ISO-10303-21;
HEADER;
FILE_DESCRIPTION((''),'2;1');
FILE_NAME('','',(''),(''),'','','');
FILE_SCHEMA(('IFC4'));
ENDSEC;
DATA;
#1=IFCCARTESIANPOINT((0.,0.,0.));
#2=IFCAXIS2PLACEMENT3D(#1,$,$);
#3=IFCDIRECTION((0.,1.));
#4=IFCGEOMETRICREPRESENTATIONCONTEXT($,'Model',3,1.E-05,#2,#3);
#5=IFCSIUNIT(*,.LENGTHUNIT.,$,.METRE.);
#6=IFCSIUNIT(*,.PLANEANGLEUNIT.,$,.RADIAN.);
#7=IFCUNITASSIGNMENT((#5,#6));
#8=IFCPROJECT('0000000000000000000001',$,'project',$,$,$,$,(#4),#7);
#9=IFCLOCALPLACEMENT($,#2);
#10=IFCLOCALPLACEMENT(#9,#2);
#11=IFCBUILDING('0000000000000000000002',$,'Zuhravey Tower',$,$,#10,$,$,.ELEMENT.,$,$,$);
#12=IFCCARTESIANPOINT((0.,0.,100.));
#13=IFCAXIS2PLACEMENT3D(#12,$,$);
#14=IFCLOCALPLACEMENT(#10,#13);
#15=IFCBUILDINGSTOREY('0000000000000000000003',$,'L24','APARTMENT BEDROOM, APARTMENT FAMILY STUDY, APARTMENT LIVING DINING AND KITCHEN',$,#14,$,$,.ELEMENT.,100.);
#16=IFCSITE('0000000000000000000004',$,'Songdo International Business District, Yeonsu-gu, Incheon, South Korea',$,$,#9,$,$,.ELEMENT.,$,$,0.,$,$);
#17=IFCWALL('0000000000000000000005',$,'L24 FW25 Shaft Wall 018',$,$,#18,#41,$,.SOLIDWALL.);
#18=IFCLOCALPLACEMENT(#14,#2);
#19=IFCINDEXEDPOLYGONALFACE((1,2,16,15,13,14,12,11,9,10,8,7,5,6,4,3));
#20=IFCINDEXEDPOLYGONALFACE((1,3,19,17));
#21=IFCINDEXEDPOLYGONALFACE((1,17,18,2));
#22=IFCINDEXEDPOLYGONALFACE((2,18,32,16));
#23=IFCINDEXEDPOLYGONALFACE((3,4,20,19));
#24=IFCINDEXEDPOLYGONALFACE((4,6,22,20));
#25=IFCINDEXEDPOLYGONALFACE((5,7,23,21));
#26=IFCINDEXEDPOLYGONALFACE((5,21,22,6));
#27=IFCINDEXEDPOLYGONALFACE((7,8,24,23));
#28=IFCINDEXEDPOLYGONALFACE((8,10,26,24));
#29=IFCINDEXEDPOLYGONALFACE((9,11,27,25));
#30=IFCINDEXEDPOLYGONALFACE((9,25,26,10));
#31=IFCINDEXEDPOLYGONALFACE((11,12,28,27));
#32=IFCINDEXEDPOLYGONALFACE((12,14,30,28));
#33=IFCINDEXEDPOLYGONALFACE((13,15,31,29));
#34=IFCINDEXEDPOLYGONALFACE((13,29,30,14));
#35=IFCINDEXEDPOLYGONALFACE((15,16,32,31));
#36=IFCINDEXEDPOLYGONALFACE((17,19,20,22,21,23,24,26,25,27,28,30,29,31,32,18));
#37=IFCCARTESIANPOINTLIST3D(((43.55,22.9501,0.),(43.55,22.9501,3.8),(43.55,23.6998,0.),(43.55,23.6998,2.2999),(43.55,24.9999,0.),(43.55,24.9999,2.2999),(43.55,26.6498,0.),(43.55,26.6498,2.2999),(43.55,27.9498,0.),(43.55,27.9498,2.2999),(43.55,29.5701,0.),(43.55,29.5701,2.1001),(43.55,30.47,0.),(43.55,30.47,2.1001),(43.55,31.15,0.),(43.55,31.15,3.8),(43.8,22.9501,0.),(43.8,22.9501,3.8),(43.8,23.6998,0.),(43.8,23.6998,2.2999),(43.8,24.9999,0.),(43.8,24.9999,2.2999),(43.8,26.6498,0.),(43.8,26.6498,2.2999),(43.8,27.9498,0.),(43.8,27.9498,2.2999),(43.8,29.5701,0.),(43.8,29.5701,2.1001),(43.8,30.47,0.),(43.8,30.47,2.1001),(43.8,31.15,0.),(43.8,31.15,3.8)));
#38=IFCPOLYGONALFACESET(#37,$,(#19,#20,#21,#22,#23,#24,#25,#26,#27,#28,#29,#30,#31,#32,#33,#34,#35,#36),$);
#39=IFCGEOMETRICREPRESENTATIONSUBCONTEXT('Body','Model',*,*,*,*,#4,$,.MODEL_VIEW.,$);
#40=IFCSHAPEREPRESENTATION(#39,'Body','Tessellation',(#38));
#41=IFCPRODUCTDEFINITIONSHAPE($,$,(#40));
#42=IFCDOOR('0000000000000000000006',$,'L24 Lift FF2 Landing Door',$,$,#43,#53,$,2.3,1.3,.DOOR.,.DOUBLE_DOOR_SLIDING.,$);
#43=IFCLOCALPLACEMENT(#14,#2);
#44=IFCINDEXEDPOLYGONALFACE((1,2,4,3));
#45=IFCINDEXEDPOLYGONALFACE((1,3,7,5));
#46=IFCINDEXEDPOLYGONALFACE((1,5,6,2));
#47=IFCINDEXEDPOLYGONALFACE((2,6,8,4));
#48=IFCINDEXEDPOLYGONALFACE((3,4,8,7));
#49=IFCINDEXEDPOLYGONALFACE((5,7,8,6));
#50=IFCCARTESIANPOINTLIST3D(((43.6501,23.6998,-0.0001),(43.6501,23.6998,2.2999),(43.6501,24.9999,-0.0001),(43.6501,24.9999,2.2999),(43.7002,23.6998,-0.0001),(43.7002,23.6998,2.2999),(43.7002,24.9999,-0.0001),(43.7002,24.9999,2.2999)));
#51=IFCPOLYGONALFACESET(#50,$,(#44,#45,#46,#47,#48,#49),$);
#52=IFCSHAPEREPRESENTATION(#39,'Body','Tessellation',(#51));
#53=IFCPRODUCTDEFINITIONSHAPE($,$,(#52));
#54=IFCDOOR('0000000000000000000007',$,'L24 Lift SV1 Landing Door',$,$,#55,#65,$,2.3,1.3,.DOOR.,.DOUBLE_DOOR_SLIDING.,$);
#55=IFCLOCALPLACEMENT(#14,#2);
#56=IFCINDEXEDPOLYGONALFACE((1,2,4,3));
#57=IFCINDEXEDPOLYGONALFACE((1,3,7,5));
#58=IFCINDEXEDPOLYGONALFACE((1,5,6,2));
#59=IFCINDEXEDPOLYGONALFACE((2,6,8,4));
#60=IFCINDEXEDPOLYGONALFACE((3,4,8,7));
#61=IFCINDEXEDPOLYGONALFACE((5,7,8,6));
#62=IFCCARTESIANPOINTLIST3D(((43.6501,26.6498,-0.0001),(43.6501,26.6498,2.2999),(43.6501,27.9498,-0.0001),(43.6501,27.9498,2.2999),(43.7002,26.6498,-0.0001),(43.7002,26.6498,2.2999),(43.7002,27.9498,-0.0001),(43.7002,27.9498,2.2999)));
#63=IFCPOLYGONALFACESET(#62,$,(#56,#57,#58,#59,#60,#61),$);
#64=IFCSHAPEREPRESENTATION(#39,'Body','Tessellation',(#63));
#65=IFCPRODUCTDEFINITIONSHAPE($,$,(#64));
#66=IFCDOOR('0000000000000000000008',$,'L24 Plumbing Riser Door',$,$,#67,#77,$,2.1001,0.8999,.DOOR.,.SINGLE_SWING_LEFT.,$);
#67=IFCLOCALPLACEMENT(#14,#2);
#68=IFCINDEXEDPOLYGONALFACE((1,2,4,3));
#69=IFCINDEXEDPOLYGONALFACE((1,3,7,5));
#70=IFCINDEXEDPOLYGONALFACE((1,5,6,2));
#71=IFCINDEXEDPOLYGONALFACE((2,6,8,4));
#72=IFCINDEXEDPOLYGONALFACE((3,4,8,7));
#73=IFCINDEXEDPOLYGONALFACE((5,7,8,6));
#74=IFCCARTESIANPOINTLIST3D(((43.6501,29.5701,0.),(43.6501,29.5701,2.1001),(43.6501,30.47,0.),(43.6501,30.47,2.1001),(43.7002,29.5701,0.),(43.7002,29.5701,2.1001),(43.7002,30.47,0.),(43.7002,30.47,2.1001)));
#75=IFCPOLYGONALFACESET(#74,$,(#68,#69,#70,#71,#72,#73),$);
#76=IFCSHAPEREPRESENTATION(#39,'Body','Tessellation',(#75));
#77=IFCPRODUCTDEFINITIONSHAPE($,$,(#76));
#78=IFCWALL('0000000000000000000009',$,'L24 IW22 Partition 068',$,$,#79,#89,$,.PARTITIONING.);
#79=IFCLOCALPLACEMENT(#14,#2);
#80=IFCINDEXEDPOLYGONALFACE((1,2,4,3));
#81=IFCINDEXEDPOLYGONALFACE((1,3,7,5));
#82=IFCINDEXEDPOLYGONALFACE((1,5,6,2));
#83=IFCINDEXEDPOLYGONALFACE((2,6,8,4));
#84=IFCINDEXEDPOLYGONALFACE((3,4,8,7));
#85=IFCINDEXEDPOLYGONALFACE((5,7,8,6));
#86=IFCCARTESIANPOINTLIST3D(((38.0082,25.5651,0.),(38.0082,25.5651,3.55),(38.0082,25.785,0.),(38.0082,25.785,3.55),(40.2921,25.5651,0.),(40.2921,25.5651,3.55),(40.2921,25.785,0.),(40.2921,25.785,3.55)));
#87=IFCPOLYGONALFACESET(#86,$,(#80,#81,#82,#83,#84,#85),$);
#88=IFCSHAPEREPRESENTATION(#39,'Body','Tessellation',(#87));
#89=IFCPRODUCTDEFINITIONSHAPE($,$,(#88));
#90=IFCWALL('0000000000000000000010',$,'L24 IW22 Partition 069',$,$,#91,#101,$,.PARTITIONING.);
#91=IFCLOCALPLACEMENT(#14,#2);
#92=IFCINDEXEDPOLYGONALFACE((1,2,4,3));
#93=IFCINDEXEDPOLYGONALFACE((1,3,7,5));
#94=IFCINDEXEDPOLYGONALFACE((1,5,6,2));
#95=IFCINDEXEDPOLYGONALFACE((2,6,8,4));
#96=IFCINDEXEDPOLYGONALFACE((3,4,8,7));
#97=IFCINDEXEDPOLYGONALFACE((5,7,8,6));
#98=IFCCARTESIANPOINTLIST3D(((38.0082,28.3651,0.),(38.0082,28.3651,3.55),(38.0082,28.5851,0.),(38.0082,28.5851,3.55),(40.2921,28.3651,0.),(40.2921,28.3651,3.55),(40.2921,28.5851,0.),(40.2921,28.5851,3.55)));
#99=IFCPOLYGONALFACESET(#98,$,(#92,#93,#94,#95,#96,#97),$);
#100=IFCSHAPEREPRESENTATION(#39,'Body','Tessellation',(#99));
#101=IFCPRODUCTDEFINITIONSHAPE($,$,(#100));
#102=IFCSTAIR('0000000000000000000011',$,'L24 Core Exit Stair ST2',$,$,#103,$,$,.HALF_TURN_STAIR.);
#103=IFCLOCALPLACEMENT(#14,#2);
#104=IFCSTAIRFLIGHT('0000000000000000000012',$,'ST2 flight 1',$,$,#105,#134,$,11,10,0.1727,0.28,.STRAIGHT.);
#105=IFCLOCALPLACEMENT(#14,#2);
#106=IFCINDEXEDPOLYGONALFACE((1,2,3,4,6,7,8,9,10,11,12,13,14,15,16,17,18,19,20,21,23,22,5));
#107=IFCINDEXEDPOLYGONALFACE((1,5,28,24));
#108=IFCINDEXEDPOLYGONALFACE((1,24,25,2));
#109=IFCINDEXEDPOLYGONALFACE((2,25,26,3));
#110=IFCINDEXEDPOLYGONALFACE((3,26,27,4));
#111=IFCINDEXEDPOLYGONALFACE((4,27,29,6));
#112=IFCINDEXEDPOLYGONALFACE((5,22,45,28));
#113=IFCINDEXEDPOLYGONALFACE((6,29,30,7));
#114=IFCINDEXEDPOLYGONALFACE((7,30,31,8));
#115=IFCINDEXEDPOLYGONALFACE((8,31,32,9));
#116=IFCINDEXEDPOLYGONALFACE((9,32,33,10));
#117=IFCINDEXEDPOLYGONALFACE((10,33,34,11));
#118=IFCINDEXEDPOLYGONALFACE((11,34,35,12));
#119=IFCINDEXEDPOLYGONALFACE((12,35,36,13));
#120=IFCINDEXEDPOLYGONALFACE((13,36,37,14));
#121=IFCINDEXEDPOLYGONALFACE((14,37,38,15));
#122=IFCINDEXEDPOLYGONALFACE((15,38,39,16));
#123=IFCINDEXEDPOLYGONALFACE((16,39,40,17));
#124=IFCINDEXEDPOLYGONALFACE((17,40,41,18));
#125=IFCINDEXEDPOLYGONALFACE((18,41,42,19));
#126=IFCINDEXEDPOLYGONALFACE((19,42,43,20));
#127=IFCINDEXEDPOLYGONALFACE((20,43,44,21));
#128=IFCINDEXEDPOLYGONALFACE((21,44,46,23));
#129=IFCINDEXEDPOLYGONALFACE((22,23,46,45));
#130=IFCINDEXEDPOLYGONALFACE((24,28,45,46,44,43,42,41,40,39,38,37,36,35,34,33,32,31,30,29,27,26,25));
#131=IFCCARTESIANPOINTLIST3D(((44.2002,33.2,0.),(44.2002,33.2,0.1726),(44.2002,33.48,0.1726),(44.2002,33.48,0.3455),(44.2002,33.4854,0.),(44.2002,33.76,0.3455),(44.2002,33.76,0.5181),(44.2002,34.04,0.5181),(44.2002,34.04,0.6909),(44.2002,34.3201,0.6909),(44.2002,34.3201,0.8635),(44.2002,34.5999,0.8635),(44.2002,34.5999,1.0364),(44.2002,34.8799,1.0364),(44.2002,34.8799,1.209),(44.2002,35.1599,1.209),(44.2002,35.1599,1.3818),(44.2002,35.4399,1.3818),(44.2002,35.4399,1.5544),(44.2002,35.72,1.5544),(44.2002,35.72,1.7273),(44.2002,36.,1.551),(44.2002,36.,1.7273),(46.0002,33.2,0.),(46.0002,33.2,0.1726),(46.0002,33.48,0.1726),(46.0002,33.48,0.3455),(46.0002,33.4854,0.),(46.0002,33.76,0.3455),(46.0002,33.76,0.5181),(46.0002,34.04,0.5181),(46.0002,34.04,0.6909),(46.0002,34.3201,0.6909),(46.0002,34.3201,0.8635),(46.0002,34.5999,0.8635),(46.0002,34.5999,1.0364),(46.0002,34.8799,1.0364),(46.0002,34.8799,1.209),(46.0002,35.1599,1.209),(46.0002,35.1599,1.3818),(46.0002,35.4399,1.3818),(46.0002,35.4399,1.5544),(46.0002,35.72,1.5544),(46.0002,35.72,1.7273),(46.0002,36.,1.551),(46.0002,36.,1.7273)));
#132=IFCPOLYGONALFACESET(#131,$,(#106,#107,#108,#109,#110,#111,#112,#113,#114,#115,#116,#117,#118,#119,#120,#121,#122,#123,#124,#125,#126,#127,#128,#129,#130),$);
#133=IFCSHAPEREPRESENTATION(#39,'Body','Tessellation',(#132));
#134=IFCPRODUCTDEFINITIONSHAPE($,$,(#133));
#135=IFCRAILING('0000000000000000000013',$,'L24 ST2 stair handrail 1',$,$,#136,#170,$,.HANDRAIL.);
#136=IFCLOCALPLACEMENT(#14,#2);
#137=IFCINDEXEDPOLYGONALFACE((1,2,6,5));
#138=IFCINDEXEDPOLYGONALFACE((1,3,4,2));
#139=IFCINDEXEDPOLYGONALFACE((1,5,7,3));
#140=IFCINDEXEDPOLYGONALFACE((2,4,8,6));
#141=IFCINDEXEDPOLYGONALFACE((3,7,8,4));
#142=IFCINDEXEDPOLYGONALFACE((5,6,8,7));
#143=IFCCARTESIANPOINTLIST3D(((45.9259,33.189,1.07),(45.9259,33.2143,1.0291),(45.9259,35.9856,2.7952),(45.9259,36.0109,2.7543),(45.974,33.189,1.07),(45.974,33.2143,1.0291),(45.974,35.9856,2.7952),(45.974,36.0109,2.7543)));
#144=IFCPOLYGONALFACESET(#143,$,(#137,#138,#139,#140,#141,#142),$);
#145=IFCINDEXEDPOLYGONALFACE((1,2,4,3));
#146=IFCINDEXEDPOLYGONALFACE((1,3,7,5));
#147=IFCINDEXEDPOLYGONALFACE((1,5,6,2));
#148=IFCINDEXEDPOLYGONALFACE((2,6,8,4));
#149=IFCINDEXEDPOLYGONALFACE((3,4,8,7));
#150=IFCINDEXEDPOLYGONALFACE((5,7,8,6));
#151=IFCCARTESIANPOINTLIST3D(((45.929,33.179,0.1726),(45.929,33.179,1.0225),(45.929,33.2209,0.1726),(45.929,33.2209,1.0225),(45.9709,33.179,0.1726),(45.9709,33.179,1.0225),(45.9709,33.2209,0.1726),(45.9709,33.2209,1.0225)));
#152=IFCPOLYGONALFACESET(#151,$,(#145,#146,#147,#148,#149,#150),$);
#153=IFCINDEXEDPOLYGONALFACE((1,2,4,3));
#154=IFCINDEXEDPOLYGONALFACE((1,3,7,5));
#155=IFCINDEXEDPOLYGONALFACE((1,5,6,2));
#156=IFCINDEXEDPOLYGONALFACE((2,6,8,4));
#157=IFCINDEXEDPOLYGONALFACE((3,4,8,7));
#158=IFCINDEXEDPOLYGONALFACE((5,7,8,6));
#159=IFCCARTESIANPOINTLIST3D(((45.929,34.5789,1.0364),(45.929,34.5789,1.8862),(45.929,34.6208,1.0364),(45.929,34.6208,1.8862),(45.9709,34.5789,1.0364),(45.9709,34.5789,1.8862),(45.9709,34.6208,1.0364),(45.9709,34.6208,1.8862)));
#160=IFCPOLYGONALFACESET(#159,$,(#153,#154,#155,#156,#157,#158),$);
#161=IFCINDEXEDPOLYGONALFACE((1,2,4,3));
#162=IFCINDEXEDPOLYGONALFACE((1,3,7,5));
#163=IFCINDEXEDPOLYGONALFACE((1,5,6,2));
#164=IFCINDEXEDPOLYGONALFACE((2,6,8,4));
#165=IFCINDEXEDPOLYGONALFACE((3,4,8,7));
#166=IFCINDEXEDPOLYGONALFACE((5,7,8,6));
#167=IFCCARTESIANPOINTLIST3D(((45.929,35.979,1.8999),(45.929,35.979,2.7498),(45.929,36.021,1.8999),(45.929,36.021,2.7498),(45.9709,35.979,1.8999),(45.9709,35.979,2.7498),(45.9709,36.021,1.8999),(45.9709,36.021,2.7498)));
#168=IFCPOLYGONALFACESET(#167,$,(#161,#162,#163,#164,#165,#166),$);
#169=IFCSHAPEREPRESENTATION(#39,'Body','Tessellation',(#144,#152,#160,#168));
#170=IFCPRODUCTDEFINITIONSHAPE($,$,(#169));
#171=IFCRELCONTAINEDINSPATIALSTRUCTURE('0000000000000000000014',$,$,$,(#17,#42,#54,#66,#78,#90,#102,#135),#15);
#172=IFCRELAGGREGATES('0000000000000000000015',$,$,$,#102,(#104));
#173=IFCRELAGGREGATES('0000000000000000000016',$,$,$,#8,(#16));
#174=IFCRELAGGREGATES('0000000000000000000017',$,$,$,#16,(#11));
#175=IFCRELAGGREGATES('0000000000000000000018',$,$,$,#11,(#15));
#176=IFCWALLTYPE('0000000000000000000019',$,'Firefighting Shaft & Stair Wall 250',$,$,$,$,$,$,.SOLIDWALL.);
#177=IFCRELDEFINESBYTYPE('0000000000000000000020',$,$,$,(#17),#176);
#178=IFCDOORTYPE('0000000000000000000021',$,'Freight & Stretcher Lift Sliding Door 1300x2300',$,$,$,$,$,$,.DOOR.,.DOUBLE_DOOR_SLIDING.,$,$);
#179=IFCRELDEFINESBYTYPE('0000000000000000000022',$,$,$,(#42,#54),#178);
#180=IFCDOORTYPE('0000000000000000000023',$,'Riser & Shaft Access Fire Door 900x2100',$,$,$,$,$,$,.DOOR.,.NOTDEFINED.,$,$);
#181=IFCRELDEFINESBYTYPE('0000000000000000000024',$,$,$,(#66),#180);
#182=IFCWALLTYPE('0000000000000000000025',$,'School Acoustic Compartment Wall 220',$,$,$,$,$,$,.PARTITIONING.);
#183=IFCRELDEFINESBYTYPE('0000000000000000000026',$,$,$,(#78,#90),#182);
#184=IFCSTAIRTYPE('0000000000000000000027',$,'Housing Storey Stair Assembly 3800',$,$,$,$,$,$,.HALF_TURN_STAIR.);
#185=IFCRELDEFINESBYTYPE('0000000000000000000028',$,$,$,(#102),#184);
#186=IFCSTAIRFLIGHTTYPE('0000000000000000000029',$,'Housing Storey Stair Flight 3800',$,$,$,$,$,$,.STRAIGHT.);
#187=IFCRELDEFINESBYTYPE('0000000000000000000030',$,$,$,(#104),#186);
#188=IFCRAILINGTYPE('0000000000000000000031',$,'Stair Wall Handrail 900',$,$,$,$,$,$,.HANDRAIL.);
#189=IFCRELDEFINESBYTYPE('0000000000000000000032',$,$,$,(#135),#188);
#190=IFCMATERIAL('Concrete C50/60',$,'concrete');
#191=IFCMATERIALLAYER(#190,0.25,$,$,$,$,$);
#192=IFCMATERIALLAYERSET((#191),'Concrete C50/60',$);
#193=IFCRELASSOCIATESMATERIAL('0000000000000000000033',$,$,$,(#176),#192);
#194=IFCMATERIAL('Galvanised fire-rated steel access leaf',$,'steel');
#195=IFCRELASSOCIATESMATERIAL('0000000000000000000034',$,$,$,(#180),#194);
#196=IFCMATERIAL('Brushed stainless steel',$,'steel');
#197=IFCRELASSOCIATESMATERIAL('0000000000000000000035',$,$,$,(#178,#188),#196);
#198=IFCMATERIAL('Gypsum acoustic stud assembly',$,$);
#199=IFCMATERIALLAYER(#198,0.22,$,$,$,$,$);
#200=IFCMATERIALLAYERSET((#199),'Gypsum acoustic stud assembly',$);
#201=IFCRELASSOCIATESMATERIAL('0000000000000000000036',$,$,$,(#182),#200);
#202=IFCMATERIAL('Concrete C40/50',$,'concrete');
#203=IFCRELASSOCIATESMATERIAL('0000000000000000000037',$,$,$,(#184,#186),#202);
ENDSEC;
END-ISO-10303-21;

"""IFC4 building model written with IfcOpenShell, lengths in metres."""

from ifc_helpers import new_model, si_unit, direction, frame, frame_2d, origin, origin_2d, place, context, subcontext, project, spatial, polyline, rectangle, outline, extrude, material, layer, layer_set, type_object, element, fill, aggregate, save


model = new_model("IFC4")

# Units and contexts
model_context = context("Model", 3, precision=1e-05, world=origin(), true_north=direction((0.0, 1.0)))
body_context = subcontext(model_context, "Body", "Model", "MODEL_VIEW")
ifc_project = project(units=[si_unit("LENGTHUNIT", "METRE"), si_unit("PLANEANGLEUNIT", "RADIAN")], contexts=[model_context])

# Site, building, storey
site_placement = place(None, origin())
site = spatial("IfcSite", under=ifc_project, at=site_placement, Name="Songdo International Business District, Yeonsu-gu, Incheon, South Korea", CompositionType="ELEMENT", RefElevation=0.0)
building_placement = place(site_placement, origin())
building = spatial("IfcBuilding", under=site, at=building_placement, Name="Zuhravey Tower", CompositionType="ELEMENT")
storey_placement = place(building_placement, frame((0.0, 0.0, 100.0)))
storey = spatial("IfcBuildingStorey", under=building, at=storey_placement, Name="L24", Description="APARTMENT BEDROOM, APARTMENT FAMILY STUDY, APARTMENT LIVING DINING AND KITCHEN", CompositionType="ELEMENT", Elevation=100.0)

# Shared definitions
ifc_material_1 = material(Name="Concrete C50/60", Category="concrete")
ifc_layer_1 = layer(ifc_material_1, 0.25)
ifc_layer_set_1 = layer_set([ifc_layer_1], Name="Concrete C50/60")
wall_type_1 = type_object("IfcWallType", Name="Firefighting Shaft & Stair Wall 250", PredefinedType="SOLIDWALL", material=ifc_layer_set_1)

# Shared definitions
ifc_material_2 = material(Name="Galvanised fire-rated steel access leaf", Category="steel")
door_type_1 = type_object("IfcDoorType", Name="Riser & Shaft Access Fire Door 900x2100", OperationType="NOTDEFINED", PredefinedType="DOOR", material=ifc_material_2)

# Wall, openings, doors
wall_1_placement = place(storey_placement, frame((43.675, 22.95, 0.0), z_axis=(0.0, 0.0, 1.0), x_axis=(0.0, 1.0, 0.0)))
wall_1 = element("IfcWall", 1, at=wall_1_placement, inside=storey, type_object=wall_type_1, Name="L24 FW25 Shaft Wall 018", PredefinedType="SOLIDWALL", context=body_context, shape_type="SweptSolid", body=[
    extrude(rectangle(XDim=8.2, YDim=0.25, at=frame_2d((4.1001, 0.0))), origin(), (0.0, 0.0, 1.0), 3.8),
])
opening_1_placement = place(wall_1_placement, frame((0.75, 0.0, 0.0)))
opening_1 = element("IfcOpeningElement", 2, at=opening_1_placement, cuts=wall_1, PredefinedType="OPENING", context=body_context, shape_type="SweptSolid", body=[
    extrude(rectangle(XDim=1.3, YDim=2.3, at=frame_2d((0.6499, 1.1499))), frame((0.0, 0.137, 0.0), z_axis=(0.0, -1.0, 0.0), x_axis=(1.0, 0.0, 0.0)), (0.0, 0.0, 1.0), 0.2739),
])
opening_2_placement = place(wall_1_placement, frame((3.7, 0.0, 0.0)))
opening_2 = element("IfcOpeningElement", 3, at=opening_2_placement, cuts=wall_1, PredefinedType="OPENING", context=body_context, shape_type="SweptSolid", body=[
    extrude(rectangle(XDim=1.3, YDim=2.3, at=frame_2d((0.6499, 1.1499))), frame((0.0, 0.137, 0.0), z_axis=(0.0, -1.0, 0.0), x_axis=(1.0, 0.0, 0.0)), (0.0, 0.0, 1.0), 0.2739),
])
opening_3_placement = place(wall_1_placement, frame((6.6201, 0.0, 0.0)))
opening_3 = element("IfcOpeningElement", 4, at=opening_3_placement, cuts=wall_1, PredefinedType="OPENING", context=body_context, shape_type="SweptSolid", body=[
    extrude(rectangle(XDim=0.8999, YDim=2.1001, at=frame_2d((0.45, 1.05))), frame((0.0, 0.137, 0.0), z_axis=(0.0, -1.0, 0.0), x_axis=(1.0, 0.0, 0.0)), (0.0, 0.0, 1.0), 0.2739),
])
ifc_material_3 = material(Name="Brushed stainless steel", Category="steel")
door_type_2 = type_object("IfcDoorType", Name="Freight & Stretcher Lift Sliding Door 1300x2300", OperationType="DOUBLE_DOOR_SLIDING", PredefinedType="DOOR", material=ifc_material_3)
door_1_placement = place(opening_1_placement, origin())
door_1 = element("IfcDoor", 5, at=door_1_placement, inside=storey, type_object=door_type_2, Name="L24 Lift FF2 Landing Door", OperationType="DOUBLE_DOOR_SLIDING", OverallHeight=2.3, OverallWidth=1.3, PredefinedType="DOOR", context=body_context, shape_type="SweptSolid", body=[
    extrude(rectangle(XDim=1.3, YDim=2.3, at=frame_2d((0.6499, 1.1499))), frame((0.0, 0.0249, 0.0), z_axis=(0.0, -1.0, 0.0), x_axis=(1.0, 0.0, 0.0)), (0.0, 0.0, 1.0), 0.05),
])
fill(opening_1, door_1)
door_2_placement = place(opening_2_placement, origin())
door_2 = element("IfcDoor", 6, at=door_2_placement, inside=storey, type_object=door_type_2, Name="L24 Lift SV1 Landing Door", OperationType="DOUBLE_DOOR_SLIDING", OverallHeight=2.3, OverallWidth=1.3, PredefinedType="DOOR", context=body_context, shape_type="SweptSolid", body=[
    extrude(rectangle(XDim=1.3, YDim=2.3, at=frame_2d((0.6499, 1.1499))), frame((0.0, 0.0249, 0.0), z_axis=(0.0, -1.0, 0.0), x_axis=(1.0, 0.0, 0.0)), (0.0, 0.0, 1.0), 0.05),
])
fill(opening_2, door_2)
door_3_placement = place(opening_3_placement, origin())
door_3 = element("IfcDoor", 7, at=door_3_placement, inside=storey, type_object=door_type_1, Name="L24 Plumbing Riser Door", OperationType="SINGLE_SWING_LEFT", OverallHeight=2.1001, OverallWidth=0.8999, PredefinedType="DOOR", context=body_context, shape_type="SweptSolid", body=[
    extrude(rectangle(XDim=0.8999, YDim=2.1001, at=frame_2d((0.45, 1.05))), frame((0.0, 0.0249, 0.0), z_axis=(0.0, -1.0, 0.0), x_axis=(1.0, 0.0, 0.0)), (0.0, 0.0, 1.0), 0.05),
])
fill(opening_3, door_3)

# Walls
ifc_material_4 = material(Name="Gypsum acoustic stud assembly")
ifc_layer_2 = layer(ifc_material_4, 0.22)
ifc_layer_set_2 = layer_set([ifc_layer_2], Name="Gypsum acoustic stud assembly")
wall_type_2 = type_object("IfcWallType", Name="School Acoustic Compartment Wall 220", PredefinedType="PARTITIONING", material=ifc_layer_set_2)
for number, where, z_axis, x_axis, name in (
    (8, (38.0081, 25.675, 0.0), (0.0, 0.0, 1.0), (1.0, 0.0, 0.0), "L24 IW22 Partition 068"),
    (9, (38.0081, 28.4751, 0.0), (0.0, 0.0, 1.0), (1.0, 0.0, 0.0), "L24 IW22 Partition 069"),
):
    element("IfcWall", number, at=place(storey_placement, frame(where, z_axis=z_axis, x_axis=x_axis)), inside=storey, type_object=wall_type_2, Name=name, PredefinedType="PARTITIONING", context=body_context, shape_type="SweptSolid", body=[
        extrude(rectangle(XDim=2.2839, YDim=0.22, at=frame_2d((1.1421, 0.0))), origin(), (0.0, 0.0, 1.0), 3.55),
    ])

# Stair, stair flight
ifc_material_5 = material(Name="Concrete C40/50", Category="concrete")
stair_type = type_object("IfcStairType", Name="Housing Storey Stair Assembly 3800", PredefinedType="HALF_TURN_STAIR", material=ifc_material_5)
stair_placement = place(storey_placement, origin())
stair = element("IfcStair", 10, at=stair_placement, inside=storey, type_object=stair_type, Name="L24 Core Exit Stair ST2", PredefinedType="HALF_TURN_STAIR")
stair_flight_type = type_object("IfcStairFlightType", Name="Housing Storey Stair Flight 3800", PredefinedType="STRAIGHT", material=ifc_material_5)
stair_flight_placement = place(storey_placement, frame((45.1001, 33.2, 0.0), z_axis=(0.0, 0.0, 1.0), x_axis=(0.0, 1.0, 0.0)))
stair_flight = element("IfcStairFlight", 11, at=stair_flight_placement, type_object=stair_flight_type, Name="ST2 flight 1", NumberOfRisers=11, NumberOfTreads=10, PredefinedType="STRAIGHT", RiserHeight=0.1727, TreadLength=0.28, context=body_context, shape_type="SweptSolid", body=[
    extrude(outline(polyline([(0.0, 0.0), (0.0, 0.1726), (0.28, 0.1726), (0.28, 0.3455), (0.5601, 0.3455), (0.5601, 0.5181), (0.8401, 0.5181), (0.8401, 0.6909), (1.1201, 0.6909), (1.1201, 0.8635), (1.3999, 0.8635), (1.3999, 1.0364), (1.6799, 1.0364), (1.6799, 1.209), (1.96, 1.209), (1.96, 1.3818), (2.24, 1.3818), (2.24, 1.5544), (2.52, 1.5544), (2.52, 1.7273), (2.8, 1.7273), (2.8, 1.8999), (2.8, 1.551), (0.2854, 0.0), (0.0, 0.0)])), frame((0.0, 0.8999, 0.0), z_axis=(0.0, -1.0, 0.0), x_axis=(1.0, 0.0, 0.0)), (0.0, 0.0, 1.0), 1.8),
])
aggregate(stair, [stair_flight])

# Railing
railing_type_1 = type_object("IfcRailingType", Name="Stair Wall Handrail 900", PredefinedType="HANDRAIL", material=ifc_material_3)
railing_1_placement = place(storey_placement, frame((45.95, 33.2, 0.1726)))
element("IfcRailing", 12, at=railing_1_placement, inside=storey, type_object=railing_type_1, Name="L24 ST2 stair handrail 1", PredefinedType="HANDRAIL", context=body_context, shape_type="SweptSolid", body=[
    extrude(rectangle(XDim=0.0481, YDim=0.0481, at=origin_2d()), frame((0.0, 0.0017, 0.877), z_axis=(0.0, 0.85109, 0.52502), x_axis=(-1.0, 0.0, 0.0)), (0.0, 0.0, 1.0), 3.2859),
    extrude(rectangle(XDim=0.042, YDim=0.042, at=origin_2d()), origin(), (0.0, 0.0, 1.0), 0.8499),
    extrude(rectangle(XDim=0.042, YDim=0.042, at=origin_2d()), frame((0.0, 1.3999, 0.8638)), (0.0, 0.0, 1.0), 0.8499),
    extrude(rectangle(XDim=0.042, YDim=0.042, at=origin_2d()), frame((0.0, 2.8, 1.7273)), (0.0, 0.0, 1.0), 0.8499),
])

save(model, "model.ifc")
